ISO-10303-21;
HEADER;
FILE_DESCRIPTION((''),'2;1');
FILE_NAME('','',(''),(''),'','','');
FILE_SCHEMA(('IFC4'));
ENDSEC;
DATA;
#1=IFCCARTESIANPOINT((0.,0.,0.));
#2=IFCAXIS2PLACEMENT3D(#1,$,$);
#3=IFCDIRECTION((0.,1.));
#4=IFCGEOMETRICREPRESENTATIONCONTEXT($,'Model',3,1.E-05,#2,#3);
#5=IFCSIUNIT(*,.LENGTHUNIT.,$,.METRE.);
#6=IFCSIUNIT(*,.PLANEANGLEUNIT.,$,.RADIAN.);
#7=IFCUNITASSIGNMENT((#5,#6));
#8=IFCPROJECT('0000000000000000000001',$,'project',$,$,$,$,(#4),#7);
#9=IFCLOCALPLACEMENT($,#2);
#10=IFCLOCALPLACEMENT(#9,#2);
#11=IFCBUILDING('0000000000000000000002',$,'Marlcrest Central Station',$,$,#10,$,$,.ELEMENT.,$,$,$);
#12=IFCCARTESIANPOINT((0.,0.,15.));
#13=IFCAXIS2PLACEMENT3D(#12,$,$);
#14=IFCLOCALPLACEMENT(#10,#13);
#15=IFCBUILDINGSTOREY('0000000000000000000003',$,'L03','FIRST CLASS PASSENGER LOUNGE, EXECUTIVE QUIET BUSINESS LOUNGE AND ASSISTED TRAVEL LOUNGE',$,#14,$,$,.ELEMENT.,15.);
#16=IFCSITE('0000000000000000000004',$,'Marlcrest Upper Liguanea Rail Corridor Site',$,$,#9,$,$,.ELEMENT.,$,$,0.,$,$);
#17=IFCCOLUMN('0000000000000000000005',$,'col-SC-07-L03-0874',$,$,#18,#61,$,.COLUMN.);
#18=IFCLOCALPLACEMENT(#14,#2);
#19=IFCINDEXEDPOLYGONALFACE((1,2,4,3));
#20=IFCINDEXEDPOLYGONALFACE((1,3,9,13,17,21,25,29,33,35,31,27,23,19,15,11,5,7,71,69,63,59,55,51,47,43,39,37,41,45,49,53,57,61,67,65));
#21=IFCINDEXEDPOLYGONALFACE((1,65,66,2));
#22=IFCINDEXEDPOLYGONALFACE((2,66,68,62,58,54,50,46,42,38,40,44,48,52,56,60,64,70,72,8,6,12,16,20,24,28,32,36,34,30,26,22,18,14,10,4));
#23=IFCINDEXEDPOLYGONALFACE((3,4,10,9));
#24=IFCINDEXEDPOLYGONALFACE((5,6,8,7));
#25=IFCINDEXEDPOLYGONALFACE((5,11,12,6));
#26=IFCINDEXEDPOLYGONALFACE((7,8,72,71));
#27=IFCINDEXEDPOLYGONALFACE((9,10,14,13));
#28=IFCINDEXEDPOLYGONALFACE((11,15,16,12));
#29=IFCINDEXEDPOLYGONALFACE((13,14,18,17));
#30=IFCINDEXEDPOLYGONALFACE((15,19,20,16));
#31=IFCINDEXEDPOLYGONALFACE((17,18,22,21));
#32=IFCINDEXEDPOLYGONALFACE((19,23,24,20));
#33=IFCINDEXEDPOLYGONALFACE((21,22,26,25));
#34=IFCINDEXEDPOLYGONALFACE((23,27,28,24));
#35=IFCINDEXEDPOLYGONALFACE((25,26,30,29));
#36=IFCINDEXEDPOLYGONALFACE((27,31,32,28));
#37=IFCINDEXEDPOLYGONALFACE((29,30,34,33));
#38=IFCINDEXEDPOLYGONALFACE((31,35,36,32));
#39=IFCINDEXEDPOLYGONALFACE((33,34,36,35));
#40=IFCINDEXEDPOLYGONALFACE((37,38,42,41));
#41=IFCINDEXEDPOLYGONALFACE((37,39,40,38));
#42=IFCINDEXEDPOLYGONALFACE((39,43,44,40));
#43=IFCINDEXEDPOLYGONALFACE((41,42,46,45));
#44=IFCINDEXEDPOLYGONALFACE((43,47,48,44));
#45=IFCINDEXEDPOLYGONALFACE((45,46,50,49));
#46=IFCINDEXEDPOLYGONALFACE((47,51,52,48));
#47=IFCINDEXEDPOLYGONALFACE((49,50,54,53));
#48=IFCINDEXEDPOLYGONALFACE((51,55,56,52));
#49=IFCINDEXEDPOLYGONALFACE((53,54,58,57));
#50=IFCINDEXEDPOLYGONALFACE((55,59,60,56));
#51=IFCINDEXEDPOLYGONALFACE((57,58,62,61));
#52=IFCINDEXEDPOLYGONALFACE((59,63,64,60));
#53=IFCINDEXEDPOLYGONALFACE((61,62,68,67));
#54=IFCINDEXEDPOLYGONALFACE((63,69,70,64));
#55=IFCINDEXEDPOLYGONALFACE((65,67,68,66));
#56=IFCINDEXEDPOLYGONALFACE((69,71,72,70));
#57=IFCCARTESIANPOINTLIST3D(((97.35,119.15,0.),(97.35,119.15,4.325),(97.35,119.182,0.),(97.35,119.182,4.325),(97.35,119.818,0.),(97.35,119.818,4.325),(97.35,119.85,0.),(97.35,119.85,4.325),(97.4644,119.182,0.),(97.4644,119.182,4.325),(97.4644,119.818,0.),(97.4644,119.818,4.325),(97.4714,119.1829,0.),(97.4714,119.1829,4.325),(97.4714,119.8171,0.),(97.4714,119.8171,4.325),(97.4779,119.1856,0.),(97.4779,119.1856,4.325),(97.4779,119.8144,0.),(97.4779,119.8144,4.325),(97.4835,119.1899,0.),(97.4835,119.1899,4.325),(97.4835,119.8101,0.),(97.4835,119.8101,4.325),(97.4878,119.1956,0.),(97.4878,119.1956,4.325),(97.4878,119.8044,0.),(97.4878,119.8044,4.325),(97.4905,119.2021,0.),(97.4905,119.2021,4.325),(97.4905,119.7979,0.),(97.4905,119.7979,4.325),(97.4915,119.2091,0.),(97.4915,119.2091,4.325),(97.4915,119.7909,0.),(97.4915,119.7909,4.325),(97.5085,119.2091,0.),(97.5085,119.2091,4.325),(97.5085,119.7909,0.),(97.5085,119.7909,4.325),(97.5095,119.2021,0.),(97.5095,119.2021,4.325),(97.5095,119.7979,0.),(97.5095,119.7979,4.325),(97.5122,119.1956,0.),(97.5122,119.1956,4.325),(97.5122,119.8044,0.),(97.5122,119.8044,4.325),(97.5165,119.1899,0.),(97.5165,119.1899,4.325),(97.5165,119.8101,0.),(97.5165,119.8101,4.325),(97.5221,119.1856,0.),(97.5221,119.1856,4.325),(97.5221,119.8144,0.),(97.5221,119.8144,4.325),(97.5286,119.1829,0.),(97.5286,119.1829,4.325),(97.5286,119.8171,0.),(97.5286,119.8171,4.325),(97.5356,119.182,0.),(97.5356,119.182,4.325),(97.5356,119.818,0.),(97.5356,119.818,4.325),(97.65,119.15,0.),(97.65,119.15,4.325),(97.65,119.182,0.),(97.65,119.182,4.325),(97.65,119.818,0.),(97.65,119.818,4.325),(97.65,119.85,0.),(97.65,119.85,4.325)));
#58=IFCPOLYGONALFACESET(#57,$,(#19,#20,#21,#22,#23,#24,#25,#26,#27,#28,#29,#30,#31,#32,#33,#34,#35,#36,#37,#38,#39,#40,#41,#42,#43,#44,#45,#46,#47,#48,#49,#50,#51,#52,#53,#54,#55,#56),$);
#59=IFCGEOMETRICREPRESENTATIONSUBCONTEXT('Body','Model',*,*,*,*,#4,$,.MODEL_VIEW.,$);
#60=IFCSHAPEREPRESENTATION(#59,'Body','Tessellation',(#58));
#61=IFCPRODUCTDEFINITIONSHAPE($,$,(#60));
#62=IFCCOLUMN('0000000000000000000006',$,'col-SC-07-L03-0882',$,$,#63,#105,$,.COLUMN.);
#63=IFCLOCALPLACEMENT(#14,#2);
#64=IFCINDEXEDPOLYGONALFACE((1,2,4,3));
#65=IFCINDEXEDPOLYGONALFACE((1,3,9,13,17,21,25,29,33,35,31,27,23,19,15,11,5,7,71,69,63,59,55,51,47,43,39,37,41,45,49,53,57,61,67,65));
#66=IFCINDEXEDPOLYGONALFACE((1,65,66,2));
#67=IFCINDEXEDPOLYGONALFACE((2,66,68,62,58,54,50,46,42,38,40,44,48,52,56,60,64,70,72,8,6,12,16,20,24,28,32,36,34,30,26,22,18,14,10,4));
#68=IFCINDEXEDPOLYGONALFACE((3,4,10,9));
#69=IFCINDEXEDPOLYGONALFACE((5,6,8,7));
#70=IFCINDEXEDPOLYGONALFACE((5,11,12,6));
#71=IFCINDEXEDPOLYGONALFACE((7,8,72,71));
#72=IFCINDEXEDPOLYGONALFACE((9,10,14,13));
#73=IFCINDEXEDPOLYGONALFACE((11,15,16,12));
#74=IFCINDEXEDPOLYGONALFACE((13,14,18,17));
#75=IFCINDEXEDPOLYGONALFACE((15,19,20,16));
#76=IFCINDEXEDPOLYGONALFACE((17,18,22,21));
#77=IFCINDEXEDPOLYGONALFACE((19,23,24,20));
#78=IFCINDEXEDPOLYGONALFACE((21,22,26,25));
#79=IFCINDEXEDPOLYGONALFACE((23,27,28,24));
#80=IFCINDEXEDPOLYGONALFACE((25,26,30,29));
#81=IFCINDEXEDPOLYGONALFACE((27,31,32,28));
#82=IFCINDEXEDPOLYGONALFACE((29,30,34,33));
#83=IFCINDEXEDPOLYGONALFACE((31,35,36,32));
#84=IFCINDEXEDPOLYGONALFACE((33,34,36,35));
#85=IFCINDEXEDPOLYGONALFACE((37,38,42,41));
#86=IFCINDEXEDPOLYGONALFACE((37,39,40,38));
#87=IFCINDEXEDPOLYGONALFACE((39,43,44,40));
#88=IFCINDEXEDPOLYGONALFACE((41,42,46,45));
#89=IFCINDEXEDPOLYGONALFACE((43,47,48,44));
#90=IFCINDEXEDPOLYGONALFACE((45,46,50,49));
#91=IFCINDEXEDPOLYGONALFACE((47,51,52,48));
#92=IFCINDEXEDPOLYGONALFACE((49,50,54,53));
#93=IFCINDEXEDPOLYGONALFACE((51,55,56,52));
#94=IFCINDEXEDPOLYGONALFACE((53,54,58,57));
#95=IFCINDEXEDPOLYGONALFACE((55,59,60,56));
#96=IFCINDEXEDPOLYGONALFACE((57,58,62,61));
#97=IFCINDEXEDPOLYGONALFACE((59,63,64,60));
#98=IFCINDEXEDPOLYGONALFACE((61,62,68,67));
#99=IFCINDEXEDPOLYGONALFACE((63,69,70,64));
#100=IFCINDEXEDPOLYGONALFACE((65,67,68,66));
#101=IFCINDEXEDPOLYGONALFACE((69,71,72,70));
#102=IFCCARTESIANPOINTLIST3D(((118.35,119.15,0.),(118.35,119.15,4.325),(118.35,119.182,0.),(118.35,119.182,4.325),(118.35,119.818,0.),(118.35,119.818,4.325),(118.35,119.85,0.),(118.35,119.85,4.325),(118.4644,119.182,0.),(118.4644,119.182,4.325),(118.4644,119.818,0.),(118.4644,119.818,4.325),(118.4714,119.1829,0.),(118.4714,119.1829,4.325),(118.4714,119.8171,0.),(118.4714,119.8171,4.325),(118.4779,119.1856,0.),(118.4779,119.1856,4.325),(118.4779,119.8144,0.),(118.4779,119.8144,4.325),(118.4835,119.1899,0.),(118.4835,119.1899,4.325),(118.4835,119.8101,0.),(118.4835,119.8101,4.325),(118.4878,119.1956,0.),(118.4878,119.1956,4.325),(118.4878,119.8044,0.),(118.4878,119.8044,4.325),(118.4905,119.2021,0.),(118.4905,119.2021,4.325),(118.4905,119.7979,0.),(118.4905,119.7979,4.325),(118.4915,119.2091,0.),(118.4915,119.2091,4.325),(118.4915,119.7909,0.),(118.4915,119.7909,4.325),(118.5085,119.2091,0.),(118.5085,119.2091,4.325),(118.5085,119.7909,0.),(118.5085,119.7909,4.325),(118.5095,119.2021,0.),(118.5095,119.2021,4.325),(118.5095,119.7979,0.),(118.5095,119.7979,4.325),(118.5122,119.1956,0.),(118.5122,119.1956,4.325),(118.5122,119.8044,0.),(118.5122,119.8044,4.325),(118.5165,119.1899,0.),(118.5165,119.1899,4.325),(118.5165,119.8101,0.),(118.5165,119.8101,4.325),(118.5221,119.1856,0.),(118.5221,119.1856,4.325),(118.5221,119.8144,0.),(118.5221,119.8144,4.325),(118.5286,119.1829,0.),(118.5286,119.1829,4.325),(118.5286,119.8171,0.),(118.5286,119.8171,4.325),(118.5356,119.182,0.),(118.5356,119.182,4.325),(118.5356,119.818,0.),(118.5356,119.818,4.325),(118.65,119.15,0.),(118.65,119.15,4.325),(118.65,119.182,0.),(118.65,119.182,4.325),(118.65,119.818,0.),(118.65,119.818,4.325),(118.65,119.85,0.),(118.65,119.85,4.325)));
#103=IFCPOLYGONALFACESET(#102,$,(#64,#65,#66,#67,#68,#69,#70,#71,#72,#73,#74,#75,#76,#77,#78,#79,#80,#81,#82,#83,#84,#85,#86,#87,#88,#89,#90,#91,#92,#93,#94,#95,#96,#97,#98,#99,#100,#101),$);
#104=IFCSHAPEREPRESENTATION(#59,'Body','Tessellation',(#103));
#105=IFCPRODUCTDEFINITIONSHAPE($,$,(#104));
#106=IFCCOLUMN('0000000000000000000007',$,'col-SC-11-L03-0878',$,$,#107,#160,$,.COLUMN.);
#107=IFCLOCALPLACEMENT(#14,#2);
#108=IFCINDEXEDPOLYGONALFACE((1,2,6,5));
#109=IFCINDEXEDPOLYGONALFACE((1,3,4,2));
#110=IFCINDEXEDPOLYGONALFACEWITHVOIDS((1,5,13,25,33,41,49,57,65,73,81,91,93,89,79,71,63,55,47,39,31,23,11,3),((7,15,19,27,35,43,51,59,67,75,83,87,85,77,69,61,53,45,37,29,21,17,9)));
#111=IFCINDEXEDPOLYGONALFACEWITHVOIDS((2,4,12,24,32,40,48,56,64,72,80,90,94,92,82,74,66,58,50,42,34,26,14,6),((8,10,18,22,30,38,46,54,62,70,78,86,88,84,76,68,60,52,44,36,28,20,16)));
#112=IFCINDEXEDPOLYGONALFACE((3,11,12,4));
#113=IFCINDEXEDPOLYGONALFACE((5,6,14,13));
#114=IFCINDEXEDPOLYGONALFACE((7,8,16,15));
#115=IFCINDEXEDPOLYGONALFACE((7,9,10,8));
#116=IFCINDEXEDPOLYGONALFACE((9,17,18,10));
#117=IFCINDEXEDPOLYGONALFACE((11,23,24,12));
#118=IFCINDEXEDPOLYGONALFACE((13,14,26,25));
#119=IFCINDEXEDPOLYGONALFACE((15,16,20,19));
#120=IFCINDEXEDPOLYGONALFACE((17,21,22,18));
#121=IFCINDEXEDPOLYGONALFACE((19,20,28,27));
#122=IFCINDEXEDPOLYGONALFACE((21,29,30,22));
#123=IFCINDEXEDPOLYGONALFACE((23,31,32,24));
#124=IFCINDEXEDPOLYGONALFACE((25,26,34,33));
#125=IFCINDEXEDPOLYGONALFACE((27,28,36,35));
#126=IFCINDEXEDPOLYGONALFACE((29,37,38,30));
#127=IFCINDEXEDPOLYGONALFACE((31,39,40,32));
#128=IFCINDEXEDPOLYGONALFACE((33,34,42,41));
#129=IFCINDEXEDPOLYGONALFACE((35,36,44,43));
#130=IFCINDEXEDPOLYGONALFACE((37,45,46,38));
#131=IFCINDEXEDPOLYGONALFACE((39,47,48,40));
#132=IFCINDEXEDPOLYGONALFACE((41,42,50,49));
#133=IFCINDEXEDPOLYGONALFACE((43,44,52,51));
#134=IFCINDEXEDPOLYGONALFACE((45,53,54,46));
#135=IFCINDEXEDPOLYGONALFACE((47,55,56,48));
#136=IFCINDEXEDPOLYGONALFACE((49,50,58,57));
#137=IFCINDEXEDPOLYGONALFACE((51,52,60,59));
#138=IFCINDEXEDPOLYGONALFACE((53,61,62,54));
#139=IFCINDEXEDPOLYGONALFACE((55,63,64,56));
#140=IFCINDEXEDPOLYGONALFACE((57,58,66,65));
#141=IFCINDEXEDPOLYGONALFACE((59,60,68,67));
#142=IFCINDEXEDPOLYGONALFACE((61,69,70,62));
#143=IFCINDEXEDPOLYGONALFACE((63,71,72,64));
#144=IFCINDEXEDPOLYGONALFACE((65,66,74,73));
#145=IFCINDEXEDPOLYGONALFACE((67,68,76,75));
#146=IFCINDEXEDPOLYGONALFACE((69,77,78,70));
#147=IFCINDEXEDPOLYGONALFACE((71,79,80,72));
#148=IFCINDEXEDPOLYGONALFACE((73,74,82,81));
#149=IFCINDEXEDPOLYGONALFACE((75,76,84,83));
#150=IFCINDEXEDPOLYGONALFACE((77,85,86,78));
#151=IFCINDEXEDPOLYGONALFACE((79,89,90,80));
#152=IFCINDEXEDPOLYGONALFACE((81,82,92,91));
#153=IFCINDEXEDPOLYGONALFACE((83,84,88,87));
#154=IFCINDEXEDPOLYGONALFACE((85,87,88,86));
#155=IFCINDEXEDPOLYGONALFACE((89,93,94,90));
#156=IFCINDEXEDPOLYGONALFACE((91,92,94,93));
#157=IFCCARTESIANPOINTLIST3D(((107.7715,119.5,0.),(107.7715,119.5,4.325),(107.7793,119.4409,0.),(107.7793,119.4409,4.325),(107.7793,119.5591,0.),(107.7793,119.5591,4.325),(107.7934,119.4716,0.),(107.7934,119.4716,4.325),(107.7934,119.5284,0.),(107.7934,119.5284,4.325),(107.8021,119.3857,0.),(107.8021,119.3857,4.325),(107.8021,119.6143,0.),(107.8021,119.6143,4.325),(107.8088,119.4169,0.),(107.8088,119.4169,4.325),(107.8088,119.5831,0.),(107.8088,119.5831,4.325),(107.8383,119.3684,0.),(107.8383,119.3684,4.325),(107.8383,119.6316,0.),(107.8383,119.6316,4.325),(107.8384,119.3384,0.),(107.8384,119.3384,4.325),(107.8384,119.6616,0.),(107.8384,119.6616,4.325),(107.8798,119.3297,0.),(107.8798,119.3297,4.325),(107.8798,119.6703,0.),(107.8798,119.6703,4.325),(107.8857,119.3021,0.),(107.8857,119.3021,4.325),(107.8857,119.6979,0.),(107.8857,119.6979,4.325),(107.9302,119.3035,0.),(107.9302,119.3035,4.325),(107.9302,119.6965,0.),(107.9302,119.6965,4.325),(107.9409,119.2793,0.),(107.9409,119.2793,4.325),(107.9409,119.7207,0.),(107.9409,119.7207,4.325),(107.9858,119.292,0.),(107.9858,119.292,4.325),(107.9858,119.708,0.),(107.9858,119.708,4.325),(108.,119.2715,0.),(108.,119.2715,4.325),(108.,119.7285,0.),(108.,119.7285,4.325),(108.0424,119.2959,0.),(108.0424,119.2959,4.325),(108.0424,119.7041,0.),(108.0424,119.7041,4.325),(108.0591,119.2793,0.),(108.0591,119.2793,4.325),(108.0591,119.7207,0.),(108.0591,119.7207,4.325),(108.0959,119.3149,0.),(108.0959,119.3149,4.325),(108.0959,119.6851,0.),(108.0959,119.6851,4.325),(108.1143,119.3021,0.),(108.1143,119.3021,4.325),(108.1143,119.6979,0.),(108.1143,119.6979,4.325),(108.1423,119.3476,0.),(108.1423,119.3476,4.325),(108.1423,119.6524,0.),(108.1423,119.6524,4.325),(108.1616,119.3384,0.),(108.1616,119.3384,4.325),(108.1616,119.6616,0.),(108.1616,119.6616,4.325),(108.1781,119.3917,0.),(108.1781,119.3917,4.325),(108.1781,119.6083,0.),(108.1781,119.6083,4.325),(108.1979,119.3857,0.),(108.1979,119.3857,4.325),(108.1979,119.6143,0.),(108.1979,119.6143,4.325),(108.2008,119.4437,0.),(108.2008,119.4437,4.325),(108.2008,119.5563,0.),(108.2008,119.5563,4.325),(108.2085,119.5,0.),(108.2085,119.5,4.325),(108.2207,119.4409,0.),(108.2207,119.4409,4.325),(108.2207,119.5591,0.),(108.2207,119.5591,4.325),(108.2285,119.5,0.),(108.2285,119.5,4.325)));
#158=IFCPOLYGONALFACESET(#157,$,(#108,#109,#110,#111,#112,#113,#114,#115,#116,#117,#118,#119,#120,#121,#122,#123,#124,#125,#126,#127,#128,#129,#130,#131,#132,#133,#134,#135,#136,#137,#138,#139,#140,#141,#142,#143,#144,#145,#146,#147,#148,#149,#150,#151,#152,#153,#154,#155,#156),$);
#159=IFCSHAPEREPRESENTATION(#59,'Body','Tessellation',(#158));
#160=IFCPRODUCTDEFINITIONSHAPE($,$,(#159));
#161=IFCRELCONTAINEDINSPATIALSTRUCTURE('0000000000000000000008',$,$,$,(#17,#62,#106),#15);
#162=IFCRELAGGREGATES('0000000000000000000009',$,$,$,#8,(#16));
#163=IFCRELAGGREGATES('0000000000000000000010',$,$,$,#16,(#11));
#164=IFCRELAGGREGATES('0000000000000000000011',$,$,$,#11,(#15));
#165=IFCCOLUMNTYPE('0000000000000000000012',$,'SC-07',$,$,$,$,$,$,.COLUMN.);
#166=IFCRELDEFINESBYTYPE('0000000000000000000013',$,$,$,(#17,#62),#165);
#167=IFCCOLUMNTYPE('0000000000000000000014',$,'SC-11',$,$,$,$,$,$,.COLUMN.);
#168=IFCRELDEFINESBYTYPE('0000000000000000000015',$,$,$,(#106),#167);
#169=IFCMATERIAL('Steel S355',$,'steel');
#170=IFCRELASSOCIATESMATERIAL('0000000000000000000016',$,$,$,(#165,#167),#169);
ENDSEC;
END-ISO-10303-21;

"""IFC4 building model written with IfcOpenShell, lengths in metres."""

from ifc_helpers import new_model, si_unit, direction, frame, origin, origin_2d, place, context, subcontext, project, spatial, hollow_circle, i_section, extrude, material, material_profile, profile_set, type_object, element, save


model = new_model("IFC4")

# Units and contexts
model_context = context("Model", 3, precision=1e-05, world=origin(), true_north=direction((0.0, 1.0)))
body_context = subcontext(model_context, "Body", "Model", "MODEL_VIEW")
ifc_project = project(units=[si_unit("LENGTHUNIT", "METRE"), si_unit("PLANEANGLEUNIT", "RADIAN")], contexts=[model_context])

# Site, building, storey
site_placement = place(None, origin())
site = spatial("IfcSite", under=ifc_project, at=site_placement, Name="Marlcrest Upper Liguanea Rail Corridor Site", CompositionType="ELEMENT", RefElevation=0.0)
building_placement = place(site_placement, origin())
building = spatial("IfcBuilding", under=site, at=building_placement, Name="Marlcrest Central Station", CompositionType="ELEMENT")
storey_placement = place(building_placement, frame((0.0, 0.0, 15.0)))
storey = spatial("IfcBuildingStorey", under=building, at=storey_placement, Name="L03", Description="FIRST CLASS PASSENGER LOUNGE, EXECUTIVE QUIET BUSINESS LOUNGE AND ASSISTED TRAVEL LOUNGE", CompositionType="ELEMENT", Elevation=15.0)

# Columns
ifc_material_1 = material(Name="Steel S355", Category="steel")
ifc_material_profile_1 = material_profile(ifc_material_1, i_section(OverallWidth=0.3, OverallDepth=0.7, WebThickness=0.0171, FlangeThickness=0.032, FilletRadius=0.0271, at=origin_2d()), Name="HEB 700")
ifc_profile_set_1 = profile_set([ifc_material_profile_1], Name="Steel S355")
column_type_1 = type_object("IfcColumnType", Name="SC-07", PredefinedType="COLUMN", material=ifc_profile_set_1)
for number, where, z_axis, x_axis, name in (
    (1, (97.5, 119.5, 0.0), (0.0, 0.0, 1.0), (1.0, 0.0, 0.0), "col-SC-07-L03-0874"),
    (2, (118.5, 119.5, 0.0), (0.0, 0.0, 1.0), (1.0, 0.0, 0.0), "col-SC-07-L03-0882"),
):
    element("IfcColumn", number, at=place(storey_placement, frame(where, z_axis=z_axis, x_axis=x_axis)), inside=storey, type_object=column_type_1, Name=name, PredefinedType="COLUMN", context=body_context, shape_type="SweptSolid", body=[
        extrude(i_section(OverallWidth=0.3, OverallDepth=0.7, WebThickness=0.0171, FlangeThickness=0.032, FilletRadius=0.0271, at=origin_2d()), origin(), (0.0, 0.0, 1.0), 4.325),
    ])
ifc_material_profile_2 = material_profile(ifc_material_1, hollow_circle(Radius=0.2285, WallThickness=0.02, at=origin_2d()), Name="CHS 457x20")
ifc_profile_set_2 = profile_set([ifc_material_profile_2], Name="Steel S355")
column_type_2 = type_object("IfcColumnType", Name="SC-11", PredefinedType="COLUMN", material=ifc_profile_set_2)
column_placement = place(storey_placement, frame((108.0, 119.5, 0.0), z_axis=(0.0, 0.0, 1.0), x_axis=(1.0, 0.0, 0.0)))
element("IfcColumn", 3, at=column_placement, inside=storey, type_object=column_type_2, Name="col-SC-11-L03-0878", PredefinedType="COLUMN", context=body_context, shape_type="SweptSolid", body=[
    extrude(hollow_circle(Radius=0.2285, WallThickness=0.02, at=origin_2d()), origin(), (0.0, 0.0, 1.0), 4.325),
])

save(model, "model.ifc")
